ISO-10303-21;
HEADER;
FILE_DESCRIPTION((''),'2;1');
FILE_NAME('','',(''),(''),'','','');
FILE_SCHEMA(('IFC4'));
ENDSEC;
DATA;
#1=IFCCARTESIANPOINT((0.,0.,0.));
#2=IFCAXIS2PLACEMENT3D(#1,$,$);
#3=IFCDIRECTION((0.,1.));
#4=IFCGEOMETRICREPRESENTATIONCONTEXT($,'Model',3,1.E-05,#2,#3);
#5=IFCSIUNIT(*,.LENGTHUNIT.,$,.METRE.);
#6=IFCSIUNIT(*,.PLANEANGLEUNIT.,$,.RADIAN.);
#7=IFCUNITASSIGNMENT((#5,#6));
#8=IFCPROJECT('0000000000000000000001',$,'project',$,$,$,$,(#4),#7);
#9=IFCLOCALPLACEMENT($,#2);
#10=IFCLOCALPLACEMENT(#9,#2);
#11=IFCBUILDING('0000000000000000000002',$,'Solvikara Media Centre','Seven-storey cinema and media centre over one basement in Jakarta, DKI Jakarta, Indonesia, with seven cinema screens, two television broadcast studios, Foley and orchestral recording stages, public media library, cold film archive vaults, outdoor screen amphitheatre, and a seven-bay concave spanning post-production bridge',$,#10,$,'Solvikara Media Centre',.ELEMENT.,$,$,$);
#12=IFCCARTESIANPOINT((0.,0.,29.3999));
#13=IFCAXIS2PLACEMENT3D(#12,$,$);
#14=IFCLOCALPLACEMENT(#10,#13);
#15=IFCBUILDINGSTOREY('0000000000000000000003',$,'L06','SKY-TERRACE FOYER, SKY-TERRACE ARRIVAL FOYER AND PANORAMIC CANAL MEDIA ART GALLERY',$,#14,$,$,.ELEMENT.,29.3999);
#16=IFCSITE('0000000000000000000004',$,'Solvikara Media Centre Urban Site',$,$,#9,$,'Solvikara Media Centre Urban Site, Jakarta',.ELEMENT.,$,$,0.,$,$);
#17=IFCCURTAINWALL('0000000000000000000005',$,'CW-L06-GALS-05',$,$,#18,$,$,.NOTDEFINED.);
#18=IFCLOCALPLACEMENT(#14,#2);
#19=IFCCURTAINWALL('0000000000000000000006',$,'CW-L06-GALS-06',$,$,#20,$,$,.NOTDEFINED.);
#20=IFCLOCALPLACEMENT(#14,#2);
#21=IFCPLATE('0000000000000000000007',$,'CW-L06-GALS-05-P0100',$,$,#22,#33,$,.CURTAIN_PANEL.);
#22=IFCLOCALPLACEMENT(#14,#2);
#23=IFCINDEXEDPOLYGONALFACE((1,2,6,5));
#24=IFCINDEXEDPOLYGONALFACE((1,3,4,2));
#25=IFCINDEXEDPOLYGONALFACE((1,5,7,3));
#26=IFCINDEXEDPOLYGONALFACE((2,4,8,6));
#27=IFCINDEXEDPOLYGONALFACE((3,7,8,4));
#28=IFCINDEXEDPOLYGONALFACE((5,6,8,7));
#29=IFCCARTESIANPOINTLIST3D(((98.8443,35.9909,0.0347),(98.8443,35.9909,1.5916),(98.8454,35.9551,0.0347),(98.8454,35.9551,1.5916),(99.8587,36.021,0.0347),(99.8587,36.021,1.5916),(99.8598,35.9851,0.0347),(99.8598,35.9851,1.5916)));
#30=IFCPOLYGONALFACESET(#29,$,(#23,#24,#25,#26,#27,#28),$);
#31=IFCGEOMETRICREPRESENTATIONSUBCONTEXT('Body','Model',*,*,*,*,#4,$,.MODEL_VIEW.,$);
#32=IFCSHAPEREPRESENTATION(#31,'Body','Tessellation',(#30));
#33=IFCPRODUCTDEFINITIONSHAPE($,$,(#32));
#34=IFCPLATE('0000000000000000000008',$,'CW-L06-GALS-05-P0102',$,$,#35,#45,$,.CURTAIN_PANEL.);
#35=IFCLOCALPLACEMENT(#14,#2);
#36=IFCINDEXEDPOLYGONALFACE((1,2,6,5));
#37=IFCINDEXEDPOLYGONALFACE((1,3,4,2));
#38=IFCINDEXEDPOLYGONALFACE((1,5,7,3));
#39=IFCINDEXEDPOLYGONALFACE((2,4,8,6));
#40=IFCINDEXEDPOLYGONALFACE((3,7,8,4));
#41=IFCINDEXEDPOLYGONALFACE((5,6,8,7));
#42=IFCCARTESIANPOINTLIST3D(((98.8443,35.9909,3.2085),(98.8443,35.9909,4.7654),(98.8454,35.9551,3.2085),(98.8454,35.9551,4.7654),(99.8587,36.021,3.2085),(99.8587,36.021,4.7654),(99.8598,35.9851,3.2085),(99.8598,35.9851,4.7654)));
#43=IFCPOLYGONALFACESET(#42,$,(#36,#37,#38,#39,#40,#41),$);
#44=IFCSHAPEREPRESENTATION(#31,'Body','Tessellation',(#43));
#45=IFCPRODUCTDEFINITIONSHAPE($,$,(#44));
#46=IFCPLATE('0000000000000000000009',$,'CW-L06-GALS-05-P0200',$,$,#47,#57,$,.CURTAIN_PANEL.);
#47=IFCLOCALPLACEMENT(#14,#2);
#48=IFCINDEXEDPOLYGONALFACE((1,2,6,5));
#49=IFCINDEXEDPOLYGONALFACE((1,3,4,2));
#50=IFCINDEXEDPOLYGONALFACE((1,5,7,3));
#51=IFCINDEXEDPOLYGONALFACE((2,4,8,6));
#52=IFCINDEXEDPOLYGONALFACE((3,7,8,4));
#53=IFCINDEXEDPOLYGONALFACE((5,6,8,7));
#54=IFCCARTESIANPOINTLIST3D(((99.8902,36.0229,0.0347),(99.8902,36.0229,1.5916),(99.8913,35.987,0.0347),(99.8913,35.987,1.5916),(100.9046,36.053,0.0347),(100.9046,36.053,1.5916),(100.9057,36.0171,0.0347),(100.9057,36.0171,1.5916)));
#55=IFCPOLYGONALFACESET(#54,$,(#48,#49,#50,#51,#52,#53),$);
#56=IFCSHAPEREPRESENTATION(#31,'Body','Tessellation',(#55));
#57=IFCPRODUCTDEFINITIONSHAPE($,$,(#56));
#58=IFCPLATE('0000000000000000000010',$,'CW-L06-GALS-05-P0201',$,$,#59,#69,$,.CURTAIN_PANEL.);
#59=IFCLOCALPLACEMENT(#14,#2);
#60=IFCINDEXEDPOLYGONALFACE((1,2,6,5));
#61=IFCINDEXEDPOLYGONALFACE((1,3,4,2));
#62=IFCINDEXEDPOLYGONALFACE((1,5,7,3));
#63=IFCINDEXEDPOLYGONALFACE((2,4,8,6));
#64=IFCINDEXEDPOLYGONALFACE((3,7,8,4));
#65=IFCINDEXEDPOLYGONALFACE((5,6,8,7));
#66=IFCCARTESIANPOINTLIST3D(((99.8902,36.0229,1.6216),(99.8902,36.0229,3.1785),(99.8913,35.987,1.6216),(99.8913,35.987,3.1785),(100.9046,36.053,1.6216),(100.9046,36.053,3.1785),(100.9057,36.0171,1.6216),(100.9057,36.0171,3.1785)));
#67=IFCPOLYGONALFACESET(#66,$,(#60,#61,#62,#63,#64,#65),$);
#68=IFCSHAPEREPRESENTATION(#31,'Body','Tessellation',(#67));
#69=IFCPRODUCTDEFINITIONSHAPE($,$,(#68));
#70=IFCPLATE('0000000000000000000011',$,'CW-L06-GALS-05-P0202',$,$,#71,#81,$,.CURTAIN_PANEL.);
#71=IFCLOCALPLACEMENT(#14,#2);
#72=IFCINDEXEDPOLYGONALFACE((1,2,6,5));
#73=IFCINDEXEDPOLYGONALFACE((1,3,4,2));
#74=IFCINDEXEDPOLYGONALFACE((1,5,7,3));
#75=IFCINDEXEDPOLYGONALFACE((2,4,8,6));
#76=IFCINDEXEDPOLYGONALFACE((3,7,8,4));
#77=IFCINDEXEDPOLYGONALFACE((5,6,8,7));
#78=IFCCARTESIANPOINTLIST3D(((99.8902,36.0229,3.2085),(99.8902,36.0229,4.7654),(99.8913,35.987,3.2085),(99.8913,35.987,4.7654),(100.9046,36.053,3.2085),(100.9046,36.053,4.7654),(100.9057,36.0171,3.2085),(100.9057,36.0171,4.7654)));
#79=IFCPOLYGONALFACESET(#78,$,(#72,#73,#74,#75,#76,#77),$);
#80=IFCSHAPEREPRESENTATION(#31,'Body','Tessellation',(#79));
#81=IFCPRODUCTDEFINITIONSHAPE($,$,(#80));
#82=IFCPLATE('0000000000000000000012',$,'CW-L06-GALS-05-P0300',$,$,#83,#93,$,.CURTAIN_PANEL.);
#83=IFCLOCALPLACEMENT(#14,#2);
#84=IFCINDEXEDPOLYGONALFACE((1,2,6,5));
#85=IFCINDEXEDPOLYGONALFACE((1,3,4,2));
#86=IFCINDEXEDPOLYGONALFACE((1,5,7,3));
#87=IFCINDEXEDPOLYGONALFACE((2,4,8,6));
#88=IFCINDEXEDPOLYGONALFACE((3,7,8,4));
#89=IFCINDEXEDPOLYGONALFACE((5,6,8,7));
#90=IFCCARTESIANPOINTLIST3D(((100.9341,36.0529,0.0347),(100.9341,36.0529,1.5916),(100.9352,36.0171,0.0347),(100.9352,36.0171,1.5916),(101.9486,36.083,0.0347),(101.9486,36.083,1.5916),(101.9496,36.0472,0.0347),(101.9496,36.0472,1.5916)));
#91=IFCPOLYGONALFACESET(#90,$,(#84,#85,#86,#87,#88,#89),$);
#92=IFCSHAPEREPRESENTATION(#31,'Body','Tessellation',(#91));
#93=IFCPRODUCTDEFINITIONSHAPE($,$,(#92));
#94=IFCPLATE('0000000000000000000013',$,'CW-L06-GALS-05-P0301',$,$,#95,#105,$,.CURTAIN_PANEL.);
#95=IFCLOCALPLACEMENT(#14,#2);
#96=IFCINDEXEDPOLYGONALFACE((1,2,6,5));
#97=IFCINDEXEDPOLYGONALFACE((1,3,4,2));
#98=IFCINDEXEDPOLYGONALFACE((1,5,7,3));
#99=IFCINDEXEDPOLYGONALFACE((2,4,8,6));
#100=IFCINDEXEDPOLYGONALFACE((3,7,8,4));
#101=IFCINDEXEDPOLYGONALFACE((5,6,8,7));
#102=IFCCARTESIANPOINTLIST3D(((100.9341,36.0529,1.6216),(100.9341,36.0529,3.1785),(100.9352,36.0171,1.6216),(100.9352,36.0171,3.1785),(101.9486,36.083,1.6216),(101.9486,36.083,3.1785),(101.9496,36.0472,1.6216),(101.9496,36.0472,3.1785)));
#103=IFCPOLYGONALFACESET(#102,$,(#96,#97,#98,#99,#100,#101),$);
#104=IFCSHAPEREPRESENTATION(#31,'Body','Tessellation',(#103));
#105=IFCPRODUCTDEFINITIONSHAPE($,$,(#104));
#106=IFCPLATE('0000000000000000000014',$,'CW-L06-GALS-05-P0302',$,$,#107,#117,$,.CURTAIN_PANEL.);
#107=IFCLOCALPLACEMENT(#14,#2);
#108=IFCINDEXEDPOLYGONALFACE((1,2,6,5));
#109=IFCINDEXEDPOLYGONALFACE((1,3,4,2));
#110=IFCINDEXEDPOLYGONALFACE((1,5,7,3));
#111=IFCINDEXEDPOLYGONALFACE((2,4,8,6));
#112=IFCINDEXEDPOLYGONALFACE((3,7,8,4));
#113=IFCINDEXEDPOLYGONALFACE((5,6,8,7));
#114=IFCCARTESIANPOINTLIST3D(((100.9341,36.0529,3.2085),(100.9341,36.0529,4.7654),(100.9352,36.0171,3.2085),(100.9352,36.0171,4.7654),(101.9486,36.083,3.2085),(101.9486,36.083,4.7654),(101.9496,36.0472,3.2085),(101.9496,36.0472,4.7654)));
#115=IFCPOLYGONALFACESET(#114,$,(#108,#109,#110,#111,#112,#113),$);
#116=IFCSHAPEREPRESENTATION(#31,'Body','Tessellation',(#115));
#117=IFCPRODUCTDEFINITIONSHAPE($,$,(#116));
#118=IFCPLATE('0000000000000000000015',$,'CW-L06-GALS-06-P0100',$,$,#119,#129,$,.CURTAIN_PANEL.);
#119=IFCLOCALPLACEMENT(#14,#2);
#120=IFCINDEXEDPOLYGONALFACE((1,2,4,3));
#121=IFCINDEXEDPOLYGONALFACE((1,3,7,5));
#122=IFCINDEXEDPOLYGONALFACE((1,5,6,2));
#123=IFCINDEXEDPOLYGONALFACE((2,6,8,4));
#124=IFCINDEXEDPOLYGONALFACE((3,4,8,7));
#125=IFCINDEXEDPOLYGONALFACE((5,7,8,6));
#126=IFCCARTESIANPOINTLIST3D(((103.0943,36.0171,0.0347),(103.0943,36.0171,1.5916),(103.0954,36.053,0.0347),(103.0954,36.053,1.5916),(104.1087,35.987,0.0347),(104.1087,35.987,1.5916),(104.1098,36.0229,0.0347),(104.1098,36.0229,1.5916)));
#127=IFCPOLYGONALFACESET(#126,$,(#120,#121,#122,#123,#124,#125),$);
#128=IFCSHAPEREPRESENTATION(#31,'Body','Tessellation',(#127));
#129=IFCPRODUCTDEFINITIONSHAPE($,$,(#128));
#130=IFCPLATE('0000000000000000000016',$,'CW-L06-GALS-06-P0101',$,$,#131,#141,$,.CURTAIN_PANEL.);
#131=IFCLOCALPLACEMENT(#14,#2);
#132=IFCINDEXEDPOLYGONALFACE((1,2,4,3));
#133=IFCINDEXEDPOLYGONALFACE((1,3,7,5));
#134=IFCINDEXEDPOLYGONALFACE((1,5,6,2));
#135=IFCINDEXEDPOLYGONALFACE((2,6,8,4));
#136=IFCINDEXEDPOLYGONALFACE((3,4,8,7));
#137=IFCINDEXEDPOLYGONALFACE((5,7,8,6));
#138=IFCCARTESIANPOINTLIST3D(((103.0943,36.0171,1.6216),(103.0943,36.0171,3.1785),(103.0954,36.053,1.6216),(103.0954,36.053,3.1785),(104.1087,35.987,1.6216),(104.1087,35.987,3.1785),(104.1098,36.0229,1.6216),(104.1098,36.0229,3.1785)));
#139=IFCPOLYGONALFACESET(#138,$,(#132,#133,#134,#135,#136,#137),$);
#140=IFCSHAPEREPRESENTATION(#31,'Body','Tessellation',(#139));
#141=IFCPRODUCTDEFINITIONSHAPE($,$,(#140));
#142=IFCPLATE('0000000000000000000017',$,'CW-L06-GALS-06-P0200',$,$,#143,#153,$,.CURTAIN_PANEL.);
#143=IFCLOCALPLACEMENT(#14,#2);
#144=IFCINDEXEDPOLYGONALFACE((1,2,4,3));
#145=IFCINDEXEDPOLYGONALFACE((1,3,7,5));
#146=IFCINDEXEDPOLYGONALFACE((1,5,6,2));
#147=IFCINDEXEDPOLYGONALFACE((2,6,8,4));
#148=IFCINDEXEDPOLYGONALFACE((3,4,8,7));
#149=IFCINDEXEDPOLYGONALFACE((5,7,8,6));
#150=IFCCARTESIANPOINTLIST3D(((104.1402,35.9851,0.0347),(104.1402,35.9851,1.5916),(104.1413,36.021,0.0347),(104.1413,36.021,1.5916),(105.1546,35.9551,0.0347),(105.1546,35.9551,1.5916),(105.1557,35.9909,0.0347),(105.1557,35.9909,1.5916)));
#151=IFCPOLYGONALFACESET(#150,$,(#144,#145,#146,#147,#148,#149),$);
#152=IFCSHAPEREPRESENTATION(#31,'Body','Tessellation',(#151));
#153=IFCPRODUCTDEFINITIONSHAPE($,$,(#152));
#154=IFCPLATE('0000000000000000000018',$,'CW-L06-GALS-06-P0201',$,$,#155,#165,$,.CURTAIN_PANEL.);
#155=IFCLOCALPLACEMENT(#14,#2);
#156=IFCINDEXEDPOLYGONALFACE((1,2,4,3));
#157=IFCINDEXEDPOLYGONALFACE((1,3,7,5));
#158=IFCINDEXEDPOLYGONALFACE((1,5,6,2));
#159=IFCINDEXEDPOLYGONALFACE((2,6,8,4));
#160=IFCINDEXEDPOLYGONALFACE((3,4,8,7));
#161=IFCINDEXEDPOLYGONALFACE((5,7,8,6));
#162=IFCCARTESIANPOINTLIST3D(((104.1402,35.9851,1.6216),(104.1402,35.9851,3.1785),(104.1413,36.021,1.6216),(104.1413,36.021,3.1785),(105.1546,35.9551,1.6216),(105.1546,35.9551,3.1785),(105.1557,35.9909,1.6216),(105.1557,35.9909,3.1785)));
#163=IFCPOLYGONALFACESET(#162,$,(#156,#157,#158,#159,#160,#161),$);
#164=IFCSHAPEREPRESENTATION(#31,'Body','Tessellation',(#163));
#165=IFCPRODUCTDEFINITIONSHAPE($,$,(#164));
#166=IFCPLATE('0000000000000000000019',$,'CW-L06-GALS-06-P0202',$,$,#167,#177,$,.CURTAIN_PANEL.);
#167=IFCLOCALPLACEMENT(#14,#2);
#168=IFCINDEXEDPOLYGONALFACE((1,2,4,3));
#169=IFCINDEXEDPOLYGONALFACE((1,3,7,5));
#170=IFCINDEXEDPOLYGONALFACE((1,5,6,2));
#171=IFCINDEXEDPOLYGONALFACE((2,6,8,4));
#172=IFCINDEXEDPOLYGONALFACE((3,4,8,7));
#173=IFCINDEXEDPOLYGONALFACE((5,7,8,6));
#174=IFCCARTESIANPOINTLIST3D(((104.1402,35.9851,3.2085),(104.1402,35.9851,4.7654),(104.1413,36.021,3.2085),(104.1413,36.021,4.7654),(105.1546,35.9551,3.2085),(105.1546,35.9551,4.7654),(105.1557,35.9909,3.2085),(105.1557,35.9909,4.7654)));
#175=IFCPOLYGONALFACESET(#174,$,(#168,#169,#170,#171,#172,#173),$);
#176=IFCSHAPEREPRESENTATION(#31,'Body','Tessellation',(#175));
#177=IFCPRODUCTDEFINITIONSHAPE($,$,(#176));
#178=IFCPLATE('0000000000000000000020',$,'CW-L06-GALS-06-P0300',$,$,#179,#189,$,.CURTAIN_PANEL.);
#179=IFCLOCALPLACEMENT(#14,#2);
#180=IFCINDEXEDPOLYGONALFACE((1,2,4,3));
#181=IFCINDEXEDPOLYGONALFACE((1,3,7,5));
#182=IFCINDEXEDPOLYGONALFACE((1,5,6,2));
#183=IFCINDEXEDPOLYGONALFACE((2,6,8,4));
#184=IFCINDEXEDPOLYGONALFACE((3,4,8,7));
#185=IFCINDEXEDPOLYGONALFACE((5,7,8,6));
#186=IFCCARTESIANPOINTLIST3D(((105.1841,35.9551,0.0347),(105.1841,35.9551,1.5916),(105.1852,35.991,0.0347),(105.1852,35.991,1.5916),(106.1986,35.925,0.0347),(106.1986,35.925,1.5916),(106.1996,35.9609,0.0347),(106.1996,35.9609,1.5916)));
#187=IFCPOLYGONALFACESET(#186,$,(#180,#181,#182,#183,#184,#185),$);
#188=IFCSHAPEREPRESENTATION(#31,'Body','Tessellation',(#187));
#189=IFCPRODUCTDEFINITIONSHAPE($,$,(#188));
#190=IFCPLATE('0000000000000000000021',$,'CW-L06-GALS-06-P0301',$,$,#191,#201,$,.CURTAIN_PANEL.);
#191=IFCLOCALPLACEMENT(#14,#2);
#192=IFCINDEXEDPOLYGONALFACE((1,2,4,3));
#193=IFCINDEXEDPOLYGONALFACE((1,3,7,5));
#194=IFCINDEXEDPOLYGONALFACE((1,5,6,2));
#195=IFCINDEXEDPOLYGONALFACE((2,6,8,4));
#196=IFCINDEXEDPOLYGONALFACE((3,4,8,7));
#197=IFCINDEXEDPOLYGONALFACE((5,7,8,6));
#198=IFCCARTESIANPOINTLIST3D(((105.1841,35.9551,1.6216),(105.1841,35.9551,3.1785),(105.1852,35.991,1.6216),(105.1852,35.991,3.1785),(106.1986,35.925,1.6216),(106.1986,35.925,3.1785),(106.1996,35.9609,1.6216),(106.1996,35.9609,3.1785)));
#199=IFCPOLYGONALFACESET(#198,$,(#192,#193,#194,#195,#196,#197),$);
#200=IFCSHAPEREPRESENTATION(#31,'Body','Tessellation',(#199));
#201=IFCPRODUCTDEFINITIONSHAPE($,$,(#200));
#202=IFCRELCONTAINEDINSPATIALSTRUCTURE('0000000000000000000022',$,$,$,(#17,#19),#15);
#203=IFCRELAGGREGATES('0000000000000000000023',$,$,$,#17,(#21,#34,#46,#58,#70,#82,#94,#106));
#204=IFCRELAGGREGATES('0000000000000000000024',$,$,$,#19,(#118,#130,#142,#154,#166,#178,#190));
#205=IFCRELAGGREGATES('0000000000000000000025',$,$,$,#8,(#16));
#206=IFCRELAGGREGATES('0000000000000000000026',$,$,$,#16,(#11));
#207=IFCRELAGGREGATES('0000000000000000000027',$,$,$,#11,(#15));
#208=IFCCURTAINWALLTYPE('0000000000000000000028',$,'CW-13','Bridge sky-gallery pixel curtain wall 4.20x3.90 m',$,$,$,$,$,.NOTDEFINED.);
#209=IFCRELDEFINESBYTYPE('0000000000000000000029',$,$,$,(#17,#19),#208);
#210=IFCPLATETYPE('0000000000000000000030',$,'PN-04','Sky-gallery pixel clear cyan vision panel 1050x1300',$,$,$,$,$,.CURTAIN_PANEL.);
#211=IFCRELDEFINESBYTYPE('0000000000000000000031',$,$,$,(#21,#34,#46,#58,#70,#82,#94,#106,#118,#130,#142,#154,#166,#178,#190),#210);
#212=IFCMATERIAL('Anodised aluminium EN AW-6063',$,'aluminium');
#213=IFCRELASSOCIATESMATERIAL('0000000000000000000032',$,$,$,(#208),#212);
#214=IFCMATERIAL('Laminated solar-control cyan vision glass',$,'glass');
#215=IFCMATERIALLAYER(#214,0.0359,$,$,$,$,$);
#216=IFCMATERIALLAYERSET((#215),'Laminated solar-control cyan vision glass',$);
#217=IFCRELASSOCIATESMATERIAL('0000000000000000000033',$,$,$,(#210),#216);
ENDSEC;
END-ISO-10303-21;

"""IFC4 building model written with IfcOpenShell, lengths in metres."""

from ifc_helpers import new_model, si_unit, direction, frame, origin, origin_2d, place, context, subcontext, project, spatial, rectangle, extrude, material, layer, layer_set, type_object, element, aggregate, save


model = new_model("IFC4")

# Units and contexts
model_context = context("Model", 3, precision=1e-05, world=origin(), true_north=direction((0.0, 1.0)))
body_context = subcontext(model_context, "Body", "Model", "MODEL_VIEW")
ifc_project = project(units=[si_unit("LENGTHUNIT", "METRE"), si_unit("PLANEANGLEUNIT", "RADIAN")], contexts=[model_context])

# Site, building, storey
site_placement = place(None, origin())
site = spatial("IfcSite", under=ifc_project, at=site_placement, Name="Solvikara Media Centre Urban Site", LongName="Solvikara Media Centre Urban Site, Jakarta", CompositionType="ELEMENT", RefElevation=0.0)
building_placement = place(site_placement, origin())
building = spatial("IfcBuilding", under=site, at=building_placement, Name="Solvikara Media Centre", Description="Seven-storey cinema and media centre over one basement in Jakarta, DKI Jakarta, Indonesia, with seven cinema screens, two television broadcast studios, Foley and orchestral recording stages, public media library, cold film archive vaults, outdoor screen amphitheatre, and a seven-bay concave spanning post-production bridge", LongName="Solvikara Media Centre", CompositionType="ELEMENT")
storey_placement = place(building_placement, frame((0.0, 0.0, 29.3999)))
storey = spatial("IfcBuildingStorey", under=building, at=storey_placement, Name="L06", Description="SKY-TERRACE FOYER, SKY-TERRACE ARRIVAL FOYER AND PANORAMIC CANAL MEDIA ART GALLERY", CompositionType="ELEMENT", Elevation=29.3999)

# Curtain walls
ifc_material_1 = material(Name="Anodised aluminium EN AW-6063", Category="aluminium")
curtain_wall_type = type_object("IfcCurtainWallType", Name="CW-13", Description="Bridge sky-gallery pixel curtain wall 4.20x3.90 m", PredefinedType="NOTDEFINED", material=ifc_material_1)
curtain_wall_1_placement = place(storey_placement, origin())
curtain_wall_1 = element("IfcCurtainWall", 1, at=curtain_wall_1_placement, inside=storey, type_object=curtain_wall_type, Name="CW-L06-GALS-05", PredefinedType="NOTDEFINED")
curtain_wall_2_placement = place(storey_placement, origin())
curtain_wall_2 = element("IfcCurtainWall", 2, at=curtain_wall_2_placement, inside=storey, type_object=curtain_wall_type, Name="CW-L06-GALS-06", PredefinedType="NOTDEFINED")

# Plates
ifc_material_2 = material(Name="Laminated solar-control cyan vision glass", Category="glass")
ifc_layer_1 = layer(ifc_material_2, 0.0359)
ifc_layer_set_1 = layer_set([ifc_layer_1], Name="Laminated solar-control cyan vision glass")
plate_type_1 = type_object("IfcPlateType", Name="PN-04", Description="Sky-gallery pixel clear cyan vision panel 1050x1300", PredefinedType="CURTAIN_PANEL", material=ifc_layer_set_1)
plate_1_placement = place(storey_placement, frame((99.3521, 35.988, 0.0347), z_axis=(0.0, 0.0, 1.0), x_axis=(0.99956, 0.029649, 0.0)))
plate_1 = element("IfcPlate", 3, at=plate_1_placement, type_object=plate_type_1, Name="CW-L06-GALS-05-P0100", PredefinedType="CURTAIN_PANEL", context=body_context, shape_type="SweptSolid", body=[
    extrude(rectangle(XDim=1.0149, YDim=0.0359, at=origin_2d()), origin(), (0.0, 0.0, 1.0), 1.5569),
])
plate_2_placement = place(storey_placement, frame((99.3521, 35.988, 3.2085), z_axis=(0.0, 0.0, 1.0), x_axis=(0.99956, 0.029649, 0.0)))
plate_2 = element("IfcPlate", 4, at=plate_2_placement, type_object=plate_type_1, Name="CW-L06-GALS-05-P0102", PredefinedType="CURTAIN_PANEL", context=body_context, shape_type="SweptSolid", body=[
    extrude(rectangle(XDim=1.0149, YDim=0.0359, at=origin_2d()), origin(), (0.0, 0.0, 1.0), 1.5569),
])
plate_3_placement = place(storey_placement, frame((100.3979, 36.02, 0.0347), z_axis=(0.0, 0.0, 1.0), x_axis=(0.99956, 0.029649, 0.0)))
plate_3 = element("IfcPlate", 5, at=plate_3_placement, type_object=plate_type_1, Name="CW-L06-GALS-05-P0200", PredefinedType="CURTAIN_PANEL", context=body_context, shape_type="SweptSolid", body=[
    extrude(rectangle(XDim=1.0149, YDim=0.0359, at=origin_2d()), origin(), (0.0, 0.0, 1.0), 1.5569),
])
plate_4_placement = place(storey_placement, frame((100.3979, 36.02, 1.6216), z_axis=(0.0, 0.0, 1.0), x_axis=(0.99956, 0.029649, 0.0)))
plate_4 = element("IfcPlate", 6, at=plate_4_placement, type_object=plate_type_1, Name="CW-L06-GALS-05-P0201", PredefinedType="CURTAIN_PANEL", context=body_context, shape_type="SweptSolid", body=[
    extrude(rectangle(XDim=1.0149, YDim=0.0359, at=origin_2d()), origin(), (0.0, 0.0, 1.0), 1.5569),
])
plate_5_placement = place(storey_placement, frame((100.3979, 36.02, 3.2085), z_axis=(0.0, 0.0, 1.0), x_axis=(0.99956, 0.029649, 0.0)))
plate_5 = element("IfcPlate", 7, at=plate_5_placement, type_object=plate_type_1, Name="CW-L06-GALS-05-P0202", PredefinedType="CURTAIN_PANEL", context=body_context, shape_type="SweptSolid", body=[
    extrude(rectangle(XDim=1.0149, YDim=0.0359, at=origin_2d()), origin(), (0.0, 0.0, 1.0), 1.5569),
])
plate_6_placement = place(storey_placement, frame((101.4419, 36.05, 0.0347), z_axis=(0.0, 0.0, 1.0), x_axis=(0.99956, 0.029649, 0.0)))
plate_6 = element("IfcPlate", 8, at=plate_6_placement, type_object=plate_type_1, Name="CW-L06-GALS-05-P0300", PredefinedType="CURTAIN_PANEL", context=body_context, shape_type="SweptSolid", body=[
    extrude(rectangle(XDim=1.0149, YDim=0.0359, at=origin_2d()), origin(), (0.0, 0.0, 1.0), 1.5569),
])
plate_7_placement = place(storey_placement, frame((101.4419, 36.05, 1.6216), z_axis=(0.0, 0.0, 1.0), x_axis=(0.99956, 0.029649, 0.0)))
plate_7 = element("IfcPlate", 9, at=plate_7_placement, type_object=plate_type_1, Name="CW-L06-GALS-05-P0301", PredefinedType="CURTAIN_PANEL", context=body_context, shape_type="SweptSolid", body=[
    extrude(rectangle(XDim=1.0149, YDim=0.0359, at=origin_2d()), origin(), (0.0, 0.0, 1.0), 1.5569),
])
plate_8_placement = place(storey_placement, frame((101.4419, 36.05, 3.2085), z_axis=(0.0, 0.0, 1.0), x_axis=(0.99956, 0.029649, 0.0)))
plate_8 = element("IfcPlate", 10, at=plate_8_placement, type_object=plate_type_1, Name="CW-L06-GALS-05-P0302", PredefinedType="CURTAIN_PANEL", context=body_context, shape_type="SweptSolid", body=[
    extrude(rectangle(XDim=1.0149, YDim=0.0359, at=origin_2d()), origin(), (0.0, 0.0, 1.0), 1.5569),
])
plate_9_placement = place(storey_placement, frame((103.6021, 36.02, 0.0347), z_axis=(0.0, 0.0, 1.0), x_axis=(0.99956, -0.029649, 0.0)))
plate_9 = element("IfcPlate", 11, at=plate_9_placement, type_object=plate_type_1, Name="CW-L06-GALS-06-P0100", PredefinedType="CURTAIN_PANEL", context=body_context, shape_type="SweptSolid", body=[
    extrude(rectangle(XDim=1.0149, YDim=0.0359, at=origin_2d()), origin(), (0.0, 0.0, 1.0), 1.5569),
])
plate_10_placement = place(storey_placement, frame((103.6021, 36.02, 1.6216), z_axis=(0.0, 0.0, 1.0), x_axis=(0.99956, -0.029649, 0.0)))
plate_10 = element("IfcPlate", 12, at=plate_10_placement, type_object=plate_type_1, Name="CW-L06-GALS-06-P0101", PredefinedType="CURTAIN_PANEL", context=body_context, shape_type="SweptSolid", body=[
    extrude(rectangle(XDim=1.0149, YDim=0.0359, at=origin_2d()), origin(), (0.0, 0.0, 1.0), 1.5569),
])
plate_11_placement = place(storey_placement, frame((104.6479, 35.988, 0.0347), z_axis=(0.0, 0.0, 1.0), x_axis=(0.99956, -0.029649, 0.0)))
plate_11 = element("IfcPlate", 13, at=plate_11_placement, type_object=plate_type_1, Name="CW-L06-GALS-06-P0200", PredefinedType="CURTAIN_PANEL", context=body_context, shape_type="SweptSolid", body=[
    extrude(rectangle(XDim=1.0149, YDim=0.0359, at=origin_2d()), origin(), (0.0, 0.0, 1.0), 1.5569),
])
plate_12_placement = place(storey_placement, frame((104.6479, 35.988, 1.6216), z_axis=(0.0, 0.0, 1.0), x_axis=(0.99956, -0.029649, 0.0)))
plate_12 = element("IfcPlate", 14, at=plate_12_placement, type_object=plate_type_1, Name="CW-L06-GALS-06-P0201", PredefinedType="CURTAIN_PANEL", context=body_context, shape_type="SweptSolid", body=[
    extrude(rectangle(XDim=1.0149, YDim=0.0359, at=origin_2d()), origin(), (0.0, 0.0, 1.0), 1.5569),
])
plate_13_placement = place(storey_placement, frame((104.6479, 35.988, 3.2085), z_axis=(0.0, 0.0, 1.0), x_axis=(0.99956, -0.029649, 0.0)))
plate_13 = element("IfcPlate", 15, at=plate_13_placement, type_object=plate_type_1, Name="CW-L06-GALS-06-P0202", PredefinedType="CURTAIN_PANEL", context=body_context, shape_type="SweptSolid", body=[
    extrude(rectangle(XDim=1.0149, YDim=0.0359, at=origin_2d()), origin(), (0.0, 0.0, 1.0), 1.5569),
])
plate_14_placement = place(storey_placement, frame((105.6919, 35.958, 0.0347), z_axis=(0.0, 0.0, 1.0), x_axis=(0.99956, -0.029649, 0.0)))
plate_14 = element("IfcPlate", 16, at=plate_14_placement, type_object=plate_type_1, Name="CW-L06-GALS-06-P0300", PredefinedType="CURTAIN_PANEL", context=body_context, shape_type="SweptSolid", body=[
    extrude(rectangle(XDim=1.0149, YDim=0.0359, at=origin_2d()), origin(), (0.0, 0.0, 1.0), 1.5569),
])
plate_15_placement = place(storey_placement, frame((105.6919, 35.958, 1.6216), z_axis=(0.0, 0.0, 1.0), x_axis=(0.99956, -0.029649, 0.0)))
plate_15 = element("IfcPlate", 17, at=plate_15_placement, type_object=plate_type_1, Name="CW-L06-GALS-06-P0301", PredefinedType="CURTAIN_PANEL", context=body_context, shape_type="SweptSolid", body=[
    extrude(rectangle(XDim=1.0149, YDim=0.0359, at=origin_2d()), origin(), (0.0, 0.0, 1.0), 1.5569),
])
aggregate(curtain_wall_1, [plate_1, plate_2, plate_3, plate_4, plate_5, plate_6, plate_7, plate_8])
aggregate(curtain_wall_2, [plate_9, plate_10, plate_11, plate_12, plate_13, plate_14, plate_15])

save(model, "model.ifc")
